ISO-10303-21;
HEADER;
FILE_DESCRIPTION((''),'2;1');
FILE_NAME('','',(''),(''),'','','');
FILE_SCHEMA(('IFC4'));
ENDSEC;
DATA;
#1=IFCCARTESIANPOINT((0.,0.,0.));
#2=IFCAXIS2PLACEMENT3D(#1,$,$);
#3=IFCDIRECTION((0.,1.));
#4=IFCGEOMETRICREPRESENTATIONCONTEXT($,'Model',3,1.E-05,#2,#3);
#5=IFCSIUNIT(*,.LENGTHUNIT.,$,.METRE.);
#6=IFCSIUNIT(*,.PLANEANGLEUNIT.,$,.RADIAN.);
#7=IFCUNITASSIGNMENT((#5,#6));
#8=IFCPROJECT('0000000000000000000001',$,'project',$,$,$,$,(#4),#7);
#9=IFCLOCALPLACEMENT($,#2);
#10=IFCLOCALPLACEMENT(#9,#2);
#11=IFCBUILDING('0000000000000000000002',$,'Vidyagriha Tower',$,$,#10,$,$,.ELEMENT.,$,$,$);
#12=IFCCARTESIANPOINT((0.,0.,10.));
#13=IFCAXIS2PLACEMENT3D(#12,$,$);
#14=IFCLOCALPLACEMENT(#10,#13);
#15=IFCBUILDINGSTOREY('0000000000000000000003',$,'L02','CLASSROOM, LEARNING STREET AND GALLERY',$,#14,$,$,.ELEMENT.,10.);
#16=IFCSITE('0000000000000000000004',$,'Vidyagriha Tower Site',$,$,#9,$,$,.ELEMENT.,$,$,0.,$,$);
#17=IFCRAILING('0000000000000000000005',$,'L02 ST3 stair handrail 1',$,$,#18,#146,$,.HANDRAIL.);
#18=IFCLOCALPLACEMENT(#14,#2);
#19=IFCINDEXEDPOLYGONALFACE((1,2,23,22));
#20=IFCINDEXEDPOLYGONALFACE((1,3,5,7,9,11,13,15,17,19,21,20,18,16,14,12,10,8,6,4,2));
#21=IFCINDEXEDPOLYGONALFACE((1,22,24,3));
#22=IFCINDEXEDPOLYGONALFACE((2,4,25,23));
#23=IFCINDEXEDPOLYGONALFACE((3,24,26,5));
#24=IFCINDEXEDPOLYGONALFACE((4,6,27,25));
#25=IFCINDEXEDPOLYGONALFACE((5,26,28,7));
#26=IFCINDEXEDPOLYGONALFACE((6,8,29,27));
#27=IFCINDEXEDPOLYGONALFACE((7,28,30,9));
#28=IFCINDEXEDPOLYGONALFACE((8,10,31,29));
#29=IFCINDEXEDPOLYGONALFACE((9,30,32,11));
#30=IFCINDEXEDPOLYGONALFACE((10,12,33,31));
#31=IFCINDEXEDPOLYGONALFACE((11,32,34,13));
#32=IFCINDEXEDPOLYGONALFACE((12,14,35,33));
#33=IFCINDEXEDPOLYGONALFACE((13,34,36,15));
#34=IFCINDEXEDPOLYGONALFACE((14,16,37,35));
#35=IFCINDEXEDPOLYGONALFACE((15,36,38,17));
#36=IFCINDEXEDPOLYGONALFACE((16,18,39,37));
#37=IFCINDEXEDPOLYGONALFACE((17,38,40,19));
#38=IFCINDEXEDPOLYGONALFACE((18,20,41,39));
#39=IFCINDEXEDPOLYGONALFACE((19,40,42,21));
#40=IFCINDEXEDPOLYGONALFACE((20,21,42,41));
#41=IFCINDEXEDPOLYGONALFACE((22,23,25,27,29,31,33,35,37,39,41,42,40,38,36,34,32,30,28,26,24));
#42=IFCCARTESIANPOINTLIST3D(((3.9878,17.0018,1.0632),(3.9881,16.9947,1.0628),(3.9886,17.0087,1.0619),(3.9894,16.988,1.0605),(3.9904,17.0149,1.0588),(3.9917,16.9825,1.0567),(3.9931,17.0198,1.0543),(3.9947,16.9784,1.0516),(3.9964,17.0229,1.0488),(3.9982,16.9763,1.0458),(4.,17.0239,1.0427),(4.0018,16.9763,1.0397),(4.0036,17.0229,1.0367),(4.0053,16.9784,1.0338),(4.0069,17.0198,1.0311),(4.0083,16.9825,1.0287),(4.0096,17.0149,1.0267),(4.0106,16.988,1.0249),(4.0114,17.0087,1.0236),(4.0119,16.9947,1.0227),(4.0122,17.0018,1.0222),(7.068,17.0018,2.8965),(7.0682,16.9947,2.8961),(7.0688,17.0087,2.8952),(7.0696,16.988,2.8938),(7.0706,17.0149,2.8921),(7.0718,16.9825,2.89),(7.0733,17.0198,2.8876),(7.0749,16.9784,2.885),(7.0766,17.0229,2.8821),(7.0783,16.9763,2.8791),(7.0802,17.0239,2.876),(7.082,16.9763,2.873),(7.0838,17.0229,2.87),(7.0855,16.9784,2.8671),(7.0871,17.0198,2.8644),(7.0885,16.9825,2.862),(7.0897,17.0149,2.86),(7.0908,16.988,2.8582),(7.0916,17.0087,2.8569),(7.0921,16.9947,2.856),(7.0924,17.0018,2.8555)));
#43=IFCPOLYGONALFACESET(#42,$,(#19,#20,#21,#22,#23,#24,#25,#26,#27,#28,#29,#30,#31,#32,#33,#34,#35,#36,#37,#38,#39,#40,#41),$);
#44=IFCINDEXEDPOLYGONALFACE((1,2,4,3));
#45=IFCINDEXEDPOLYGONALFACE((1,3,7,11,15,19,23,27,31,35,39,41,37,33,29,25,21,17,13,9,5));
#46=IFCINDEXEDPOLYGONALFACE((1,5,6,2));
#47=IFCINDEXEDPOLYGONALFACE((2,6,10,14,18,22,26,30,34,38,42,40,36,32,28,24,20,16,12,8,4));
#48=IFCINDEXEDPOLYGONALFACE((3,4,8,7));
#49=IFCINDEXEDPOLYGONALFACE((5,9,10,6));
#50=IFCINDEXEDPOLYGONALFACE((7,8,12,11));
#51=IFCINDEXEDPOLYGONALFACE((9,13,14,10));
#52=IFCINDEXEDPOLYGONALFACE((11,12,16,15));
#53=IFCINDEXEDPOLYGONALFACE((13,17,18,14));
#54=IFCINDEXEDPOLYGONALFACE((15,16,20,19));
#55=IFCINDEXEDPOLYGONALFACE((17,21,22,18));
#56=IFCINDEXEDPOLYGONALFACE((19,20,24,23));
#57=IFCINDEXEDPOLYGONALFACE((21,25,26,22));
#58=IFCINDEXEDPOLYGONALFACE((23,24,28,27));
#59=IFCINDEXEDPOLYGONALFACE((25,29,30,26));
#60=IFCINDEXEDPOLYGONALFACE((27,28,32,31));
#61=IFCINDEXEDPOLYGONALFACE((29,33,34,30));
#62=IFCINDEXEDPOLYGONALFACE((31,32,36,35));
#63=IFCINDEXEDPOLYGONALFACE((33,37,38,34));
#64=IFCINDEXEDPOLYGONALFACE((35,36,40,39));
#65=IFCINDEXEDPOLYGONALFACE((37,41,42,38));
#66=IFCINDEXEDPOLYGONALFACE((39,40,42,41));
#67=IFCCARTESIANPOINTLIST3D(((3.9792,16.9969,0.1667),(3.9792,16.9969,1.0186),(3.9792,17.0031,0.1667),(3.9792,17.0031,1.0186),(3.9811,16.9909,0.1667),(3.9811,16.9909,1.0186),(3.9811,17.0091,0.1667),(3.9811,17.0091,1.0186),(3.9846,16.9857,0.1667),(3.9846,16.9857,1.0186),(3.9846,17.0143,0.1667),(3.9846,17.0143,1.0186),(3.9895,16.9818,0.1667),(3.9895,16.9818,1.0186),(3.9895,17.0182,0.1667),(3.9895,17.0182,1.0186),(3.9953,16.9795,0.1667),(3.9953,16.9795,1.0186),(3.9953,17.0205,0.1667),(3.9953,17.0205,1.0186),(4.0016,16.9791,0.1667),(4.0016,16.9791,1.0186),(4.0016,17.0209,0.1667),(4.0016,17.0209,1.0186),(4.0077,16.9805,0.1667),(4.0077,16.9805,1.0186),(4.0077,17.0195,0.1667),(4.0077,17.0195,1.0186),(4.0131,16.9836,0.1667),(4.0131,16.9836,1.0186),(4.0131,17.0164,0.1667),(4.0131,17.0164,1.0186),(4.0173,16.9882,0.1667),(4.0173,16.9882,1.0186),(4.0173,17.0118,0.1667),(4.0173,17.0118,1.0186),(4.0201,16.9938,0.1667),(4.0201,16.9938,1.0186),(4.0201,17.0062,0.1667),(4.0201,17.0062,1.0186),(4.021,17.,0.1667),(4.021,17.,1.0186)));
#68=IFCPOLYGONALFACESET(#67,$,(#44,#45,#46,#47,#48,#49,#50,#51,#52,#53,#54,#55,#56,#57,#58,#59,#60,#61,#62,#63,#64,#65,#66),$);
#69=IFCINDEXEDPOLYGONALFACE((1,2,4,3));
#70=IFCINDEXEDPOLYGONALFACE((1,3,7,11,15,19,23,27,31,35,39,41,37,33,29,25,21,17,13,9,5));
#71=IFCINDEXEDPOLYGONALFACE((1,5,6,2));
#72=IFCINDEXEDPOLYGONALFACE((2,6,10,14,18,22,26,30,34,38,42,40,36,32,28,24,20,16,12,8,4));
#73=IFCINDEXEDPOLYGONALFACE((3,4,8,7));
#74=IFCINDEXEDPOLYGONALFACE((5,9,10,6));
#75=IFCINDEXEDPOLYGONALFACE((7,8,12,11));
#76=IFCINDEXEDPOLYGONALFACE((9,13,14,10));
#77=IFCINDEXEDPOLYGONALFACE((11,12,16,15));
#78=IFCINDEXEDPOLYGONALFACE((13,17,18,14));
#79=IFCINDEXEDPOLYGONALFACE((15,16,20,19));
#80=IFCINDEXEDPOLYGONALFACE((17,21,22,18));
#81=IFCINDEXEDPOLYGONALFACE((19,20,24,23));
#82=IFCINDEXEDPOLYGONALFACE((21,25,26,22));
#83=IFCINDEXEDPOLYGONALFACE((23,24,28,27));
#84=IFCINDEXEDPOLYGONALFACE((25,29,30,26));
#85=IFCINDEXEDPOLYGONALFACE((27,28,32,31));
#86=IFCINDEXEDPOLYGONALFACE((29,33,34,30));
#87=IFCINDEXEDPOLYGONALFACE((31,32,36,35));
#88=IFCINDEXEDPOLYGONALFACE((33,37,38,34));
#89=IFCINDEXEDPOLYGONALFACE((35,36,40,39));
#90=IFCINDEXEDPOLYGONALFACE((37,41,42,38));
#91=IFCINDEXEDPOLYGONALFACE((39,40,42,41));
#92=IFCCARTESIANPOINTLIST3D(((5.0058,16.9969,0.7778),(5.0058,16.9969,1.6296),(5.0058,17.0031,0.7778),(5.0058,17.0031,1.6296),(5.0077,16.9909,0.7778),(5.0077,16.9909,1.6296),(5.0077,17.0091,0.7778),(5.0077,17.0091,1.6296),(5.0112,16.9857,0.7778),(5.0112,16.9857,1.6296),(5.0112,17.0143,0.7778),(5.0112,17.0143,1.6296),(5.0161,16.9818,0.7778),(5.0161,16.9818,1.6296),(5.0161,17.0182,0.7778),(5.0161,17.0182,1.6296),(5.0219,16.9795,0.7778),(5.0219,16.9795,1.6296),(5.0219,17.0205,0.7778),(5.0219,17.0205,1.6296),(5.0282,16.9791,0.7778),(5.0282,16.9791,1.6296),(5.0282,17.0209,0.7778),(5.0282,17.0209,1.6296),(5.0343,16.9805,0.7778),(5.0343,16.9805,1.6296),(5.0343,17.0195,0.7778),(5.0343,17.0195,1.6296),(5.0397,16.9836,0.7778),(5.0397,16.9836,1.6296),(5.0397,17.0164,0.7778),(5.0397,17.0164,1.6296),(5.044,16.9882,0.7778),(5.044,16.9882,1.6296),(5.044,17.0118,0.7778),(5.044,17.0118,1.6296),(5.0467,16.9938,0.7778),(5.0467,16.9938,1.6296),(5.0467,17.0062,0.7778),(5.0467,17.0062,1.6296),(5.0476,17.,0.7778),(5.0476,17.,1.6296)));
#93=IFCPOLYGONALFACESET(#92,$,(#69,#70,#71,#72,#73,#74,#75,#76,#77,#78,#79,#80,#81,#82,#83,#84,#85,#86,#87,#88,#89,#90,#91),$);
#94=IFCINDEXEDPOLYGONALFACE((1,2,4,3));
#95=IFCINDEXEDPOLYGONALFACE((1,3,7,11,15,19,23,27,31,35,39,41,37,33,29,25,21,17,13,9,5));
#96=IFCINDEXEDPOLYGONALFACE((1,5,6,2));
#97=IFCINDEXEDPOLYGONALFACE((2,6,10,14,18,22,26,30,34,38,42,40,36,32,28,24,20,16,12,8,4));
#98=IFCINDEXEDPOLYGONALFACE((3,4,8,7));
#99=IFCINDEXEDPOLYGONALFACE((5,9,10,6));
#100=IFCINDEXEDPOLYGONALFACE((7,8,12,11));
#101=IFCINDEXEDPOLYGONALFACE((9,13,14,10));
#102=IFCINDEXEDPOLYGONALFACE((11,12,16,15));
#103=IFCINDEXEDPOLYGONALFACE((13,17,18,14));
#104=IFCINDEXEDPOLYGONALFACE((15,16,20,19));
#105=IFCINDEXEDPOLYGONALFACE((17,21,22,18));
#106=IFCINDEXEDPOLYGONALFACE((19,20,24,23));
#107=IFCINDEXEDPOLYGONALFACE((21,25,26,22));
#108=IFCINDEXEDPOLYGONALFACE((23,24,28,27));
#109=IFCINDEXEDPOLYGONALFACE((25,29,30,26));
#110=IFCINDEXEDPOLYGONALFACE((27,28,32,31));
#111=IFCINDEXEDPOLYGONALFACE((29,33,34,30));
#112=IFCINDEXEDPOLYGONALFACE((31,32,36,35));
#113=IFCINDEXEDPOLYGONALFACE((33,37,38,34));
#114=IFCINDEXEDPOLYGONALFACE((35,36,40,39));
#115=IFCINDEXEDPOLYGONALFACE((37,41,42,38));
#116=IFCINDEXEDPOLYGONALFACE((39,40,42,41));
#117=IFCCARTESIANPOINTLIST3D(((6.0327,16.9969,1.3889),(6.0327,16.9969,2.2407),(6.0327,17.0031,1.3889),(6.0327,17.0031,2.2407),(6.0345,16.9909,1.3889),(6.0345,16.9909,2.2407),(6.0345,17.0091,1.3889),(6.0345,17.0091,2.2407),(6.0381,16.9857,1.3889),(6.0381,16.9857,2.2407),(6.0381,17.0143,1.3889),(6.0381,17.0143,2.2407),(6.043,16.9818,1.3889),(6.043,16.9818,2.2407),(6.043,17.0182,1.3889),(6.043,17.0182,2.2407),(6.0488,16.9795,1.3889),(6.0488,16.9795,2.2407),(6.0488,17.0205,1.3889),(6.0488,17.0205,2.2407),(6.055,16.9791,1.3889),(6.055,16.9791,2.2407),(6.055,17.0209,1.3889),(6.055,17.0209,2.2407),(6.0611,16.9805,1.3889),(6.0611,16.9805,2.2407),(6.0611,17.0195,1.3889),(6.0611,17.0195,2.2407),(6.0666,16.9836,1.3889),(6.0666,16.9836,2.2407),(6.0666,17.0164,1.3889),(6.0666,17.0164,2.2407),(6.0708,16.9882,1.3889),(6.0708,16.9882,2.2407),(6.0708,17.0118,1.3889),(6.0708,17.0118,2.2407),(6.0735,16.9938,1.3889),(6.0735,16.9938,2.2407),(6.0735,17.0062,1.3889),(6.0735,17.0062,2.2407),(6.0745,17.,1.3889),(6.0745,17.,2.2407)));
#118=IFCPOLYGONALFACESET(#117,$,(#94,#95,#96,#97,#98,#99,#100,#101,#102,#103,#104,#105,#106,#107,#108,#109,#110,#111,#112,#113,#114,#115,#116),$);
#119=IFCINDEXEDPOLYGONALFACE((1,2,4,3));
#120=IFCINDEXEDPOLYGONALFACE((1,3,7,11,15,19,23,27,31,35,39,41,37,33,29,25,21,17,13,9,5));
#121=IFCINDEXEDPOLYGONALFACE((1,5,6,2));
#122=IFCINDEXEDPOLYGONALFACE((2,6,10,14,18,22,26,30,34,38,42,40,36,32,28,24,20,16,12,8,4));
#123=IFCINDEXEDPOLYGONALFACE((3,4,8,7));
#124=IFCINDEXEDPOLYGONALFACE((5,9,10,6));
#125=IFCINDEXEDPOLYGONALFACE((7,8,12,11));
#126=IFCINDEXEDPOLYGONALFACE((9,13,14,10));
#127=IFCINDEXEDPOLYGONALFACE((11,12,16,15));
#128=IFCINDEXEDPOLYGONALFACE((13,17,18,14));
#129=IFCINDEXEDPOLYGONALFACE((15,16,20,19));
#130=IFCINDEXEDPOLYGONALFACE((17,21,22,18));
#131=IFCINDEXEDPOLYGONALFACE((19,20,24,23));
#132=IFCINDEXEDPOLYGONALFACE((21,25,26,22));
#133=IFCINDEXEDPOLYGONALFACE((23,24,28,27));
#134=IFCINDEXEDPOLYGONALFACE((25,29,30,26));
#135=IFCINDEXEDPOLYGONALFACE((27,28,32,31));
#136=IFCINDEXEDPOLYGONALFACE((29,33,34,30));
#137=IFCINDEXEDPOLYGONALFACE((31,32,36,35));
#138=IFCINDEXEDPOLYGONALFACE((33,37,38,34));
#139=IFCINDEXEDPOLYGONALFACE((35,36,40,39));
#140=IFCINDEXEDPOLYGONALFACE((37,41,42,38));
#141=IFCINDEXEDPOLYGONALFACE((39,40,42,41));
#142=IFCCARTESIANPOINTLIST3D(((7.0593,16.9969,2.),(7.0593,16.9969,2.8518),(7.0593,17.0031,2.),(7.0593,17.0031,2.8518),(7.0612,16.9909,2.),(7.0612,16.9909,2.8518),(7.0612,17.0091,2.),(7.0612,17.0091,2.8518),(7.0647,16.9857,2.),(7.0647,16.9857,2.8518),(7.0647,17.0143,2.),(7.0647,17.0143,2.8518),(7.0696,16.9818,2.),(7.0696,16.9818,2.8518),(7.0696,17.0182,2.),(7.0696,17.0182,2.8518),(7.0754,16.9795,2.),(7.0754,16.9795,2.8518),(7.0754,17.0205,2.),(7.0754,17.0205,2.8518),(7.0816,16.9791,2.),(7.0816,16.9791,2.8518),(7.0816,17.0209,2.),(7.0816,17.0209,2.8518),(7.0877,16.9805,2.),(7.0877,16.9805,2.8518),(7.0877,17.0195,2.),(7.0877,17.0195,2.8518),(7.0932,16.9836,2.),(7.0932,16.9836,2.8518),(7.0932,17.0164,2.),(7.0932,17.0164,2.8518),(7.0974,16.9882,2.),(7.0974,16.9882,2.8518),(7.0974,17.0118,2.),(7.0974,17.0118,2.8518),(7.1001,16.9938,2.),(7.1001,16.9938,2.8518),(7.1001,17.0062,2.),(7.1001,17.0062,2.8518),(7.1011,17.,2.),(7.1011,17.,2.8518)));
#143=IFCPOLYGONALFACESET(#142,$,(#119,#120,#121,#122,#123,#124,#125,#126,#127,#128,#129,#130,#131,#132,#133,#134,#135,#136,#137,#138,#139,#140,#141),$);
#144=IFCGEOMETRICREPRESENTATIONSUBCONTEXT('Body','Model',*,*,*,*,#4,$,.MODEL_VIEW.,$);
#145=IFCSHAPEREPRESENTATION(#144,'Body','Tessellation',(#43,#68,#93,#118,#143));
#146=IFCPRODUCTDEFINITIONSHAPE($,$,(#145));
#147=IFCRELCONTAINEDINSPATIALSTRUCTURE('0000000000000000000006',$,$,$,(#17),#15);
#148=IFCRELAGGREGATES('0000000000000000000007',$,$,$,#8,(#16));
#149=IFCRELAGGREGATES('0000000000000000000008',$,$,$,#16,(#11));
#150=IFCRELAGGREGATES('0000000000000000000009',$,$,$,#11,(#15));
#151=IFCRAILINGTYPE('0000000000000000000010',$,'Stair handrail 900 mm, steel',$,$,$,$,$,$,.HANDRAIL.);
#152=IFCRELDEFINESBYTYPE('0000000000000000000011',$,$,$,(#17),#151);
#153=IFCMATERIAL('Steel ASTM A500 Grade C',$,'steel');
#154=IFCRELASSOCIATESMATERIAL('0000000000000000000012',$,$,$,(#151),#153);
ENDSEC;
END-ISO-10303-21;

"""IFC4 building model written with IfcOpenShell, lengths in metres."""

from ifc_helpers import new_model, si_unit, direction, frame, origin, origin_2d, place, context, subcontext, project, spatial, circle, extrude, material, type_object, element, save


model = new_model("IFC4")

# Units and contexts
model_context = context("Model", 3, precision=1e-05, world=origin(), true_north=direction((0.0, 1.0)))
body_context = subcontext(model_context, "Body", "Model", "MODEL_VIEW")
ifc_project = project(units=[si_unit("LENGTHUNIT", "METRE"), si_unit("PLANEANGLEUNIT", "RADIAN")], contexts=[model_context])

# Site, building, storey
site_placement = place(None, origin())
site = spatial("IfcSite", under=ifc_project, at=site_placement, Name="Vidyagriha Tower Site", CompositionType="ELEMENT", RefElevation=0.0)
building_placement = place(site_placement, origin())
building = spatial("IfcBuilding", under=site, at=building_placement, Name="Vidyagriha Tower", CompositionType="ELEMENT")
storey_placement = place(building_placement, frame((0.0, 0.0, 10.0)))
storey = spatial("IfcBuildingStorey", under=building, at=storey_placement, Name="L02", Description="CLASSROOM, LEARNING STREET AND GALLERY", CompositionType="ELEMENT", Elevation=10.0)

# Railing
ifc_material_1 = material(Name="Steel ASTM A500 Grade C", Category="steel")
railing_type_1 = type_object("IfcRailingType", Name="Stair handrail 900 mm, steel", PredefinedType="HANDRAIL", material=ifc_material_1)
railing_1_placement = place(storey_placement, frame((4.0, 17.0, 0.1667)))
element("IfcRailing", 1, at=railing_1_placement, inside=storey, type_object=railing_type_1, Name="L02 ST3 stair handrail 1", PredefinedType="HANDRAIL", context=body_context, shape_type="SweptSolid", body=[
    extrude(circle(Radius=0.0239, at=origin_2d()), frame((0.0, 0.0, 0.876), z_axis=(0.859309, 0.0, 0.511458), x_axis=(0.0, 1.0, 0.0)), (0.0, 0.0, 1.0), 3.5845),
    extrude(circle(Radius=0.021, at=origin_2d()), origin(), (0.0, 0.0, 1.0), 0.8518),
    extrude(circle(Radius=0.021, at=origin_2d()), frame((1.0266, 0.0, 0.6111)), (0.0, 0.0, 1.0), 0.8518),
    extrude(circle(Radius=0.021, at=origin_2d()), frame((2.0535, 0.0, 1.2222)), (0.0, 0.0, 1.0), 0.8518),
    extrude(circle(Radius=0.021, at=origin_2d()), frame((3.0801, 0.0, 1.8333)), (0.0, 0.0, 1.0), 0.8518),
])

save(model, "model.ifc")
